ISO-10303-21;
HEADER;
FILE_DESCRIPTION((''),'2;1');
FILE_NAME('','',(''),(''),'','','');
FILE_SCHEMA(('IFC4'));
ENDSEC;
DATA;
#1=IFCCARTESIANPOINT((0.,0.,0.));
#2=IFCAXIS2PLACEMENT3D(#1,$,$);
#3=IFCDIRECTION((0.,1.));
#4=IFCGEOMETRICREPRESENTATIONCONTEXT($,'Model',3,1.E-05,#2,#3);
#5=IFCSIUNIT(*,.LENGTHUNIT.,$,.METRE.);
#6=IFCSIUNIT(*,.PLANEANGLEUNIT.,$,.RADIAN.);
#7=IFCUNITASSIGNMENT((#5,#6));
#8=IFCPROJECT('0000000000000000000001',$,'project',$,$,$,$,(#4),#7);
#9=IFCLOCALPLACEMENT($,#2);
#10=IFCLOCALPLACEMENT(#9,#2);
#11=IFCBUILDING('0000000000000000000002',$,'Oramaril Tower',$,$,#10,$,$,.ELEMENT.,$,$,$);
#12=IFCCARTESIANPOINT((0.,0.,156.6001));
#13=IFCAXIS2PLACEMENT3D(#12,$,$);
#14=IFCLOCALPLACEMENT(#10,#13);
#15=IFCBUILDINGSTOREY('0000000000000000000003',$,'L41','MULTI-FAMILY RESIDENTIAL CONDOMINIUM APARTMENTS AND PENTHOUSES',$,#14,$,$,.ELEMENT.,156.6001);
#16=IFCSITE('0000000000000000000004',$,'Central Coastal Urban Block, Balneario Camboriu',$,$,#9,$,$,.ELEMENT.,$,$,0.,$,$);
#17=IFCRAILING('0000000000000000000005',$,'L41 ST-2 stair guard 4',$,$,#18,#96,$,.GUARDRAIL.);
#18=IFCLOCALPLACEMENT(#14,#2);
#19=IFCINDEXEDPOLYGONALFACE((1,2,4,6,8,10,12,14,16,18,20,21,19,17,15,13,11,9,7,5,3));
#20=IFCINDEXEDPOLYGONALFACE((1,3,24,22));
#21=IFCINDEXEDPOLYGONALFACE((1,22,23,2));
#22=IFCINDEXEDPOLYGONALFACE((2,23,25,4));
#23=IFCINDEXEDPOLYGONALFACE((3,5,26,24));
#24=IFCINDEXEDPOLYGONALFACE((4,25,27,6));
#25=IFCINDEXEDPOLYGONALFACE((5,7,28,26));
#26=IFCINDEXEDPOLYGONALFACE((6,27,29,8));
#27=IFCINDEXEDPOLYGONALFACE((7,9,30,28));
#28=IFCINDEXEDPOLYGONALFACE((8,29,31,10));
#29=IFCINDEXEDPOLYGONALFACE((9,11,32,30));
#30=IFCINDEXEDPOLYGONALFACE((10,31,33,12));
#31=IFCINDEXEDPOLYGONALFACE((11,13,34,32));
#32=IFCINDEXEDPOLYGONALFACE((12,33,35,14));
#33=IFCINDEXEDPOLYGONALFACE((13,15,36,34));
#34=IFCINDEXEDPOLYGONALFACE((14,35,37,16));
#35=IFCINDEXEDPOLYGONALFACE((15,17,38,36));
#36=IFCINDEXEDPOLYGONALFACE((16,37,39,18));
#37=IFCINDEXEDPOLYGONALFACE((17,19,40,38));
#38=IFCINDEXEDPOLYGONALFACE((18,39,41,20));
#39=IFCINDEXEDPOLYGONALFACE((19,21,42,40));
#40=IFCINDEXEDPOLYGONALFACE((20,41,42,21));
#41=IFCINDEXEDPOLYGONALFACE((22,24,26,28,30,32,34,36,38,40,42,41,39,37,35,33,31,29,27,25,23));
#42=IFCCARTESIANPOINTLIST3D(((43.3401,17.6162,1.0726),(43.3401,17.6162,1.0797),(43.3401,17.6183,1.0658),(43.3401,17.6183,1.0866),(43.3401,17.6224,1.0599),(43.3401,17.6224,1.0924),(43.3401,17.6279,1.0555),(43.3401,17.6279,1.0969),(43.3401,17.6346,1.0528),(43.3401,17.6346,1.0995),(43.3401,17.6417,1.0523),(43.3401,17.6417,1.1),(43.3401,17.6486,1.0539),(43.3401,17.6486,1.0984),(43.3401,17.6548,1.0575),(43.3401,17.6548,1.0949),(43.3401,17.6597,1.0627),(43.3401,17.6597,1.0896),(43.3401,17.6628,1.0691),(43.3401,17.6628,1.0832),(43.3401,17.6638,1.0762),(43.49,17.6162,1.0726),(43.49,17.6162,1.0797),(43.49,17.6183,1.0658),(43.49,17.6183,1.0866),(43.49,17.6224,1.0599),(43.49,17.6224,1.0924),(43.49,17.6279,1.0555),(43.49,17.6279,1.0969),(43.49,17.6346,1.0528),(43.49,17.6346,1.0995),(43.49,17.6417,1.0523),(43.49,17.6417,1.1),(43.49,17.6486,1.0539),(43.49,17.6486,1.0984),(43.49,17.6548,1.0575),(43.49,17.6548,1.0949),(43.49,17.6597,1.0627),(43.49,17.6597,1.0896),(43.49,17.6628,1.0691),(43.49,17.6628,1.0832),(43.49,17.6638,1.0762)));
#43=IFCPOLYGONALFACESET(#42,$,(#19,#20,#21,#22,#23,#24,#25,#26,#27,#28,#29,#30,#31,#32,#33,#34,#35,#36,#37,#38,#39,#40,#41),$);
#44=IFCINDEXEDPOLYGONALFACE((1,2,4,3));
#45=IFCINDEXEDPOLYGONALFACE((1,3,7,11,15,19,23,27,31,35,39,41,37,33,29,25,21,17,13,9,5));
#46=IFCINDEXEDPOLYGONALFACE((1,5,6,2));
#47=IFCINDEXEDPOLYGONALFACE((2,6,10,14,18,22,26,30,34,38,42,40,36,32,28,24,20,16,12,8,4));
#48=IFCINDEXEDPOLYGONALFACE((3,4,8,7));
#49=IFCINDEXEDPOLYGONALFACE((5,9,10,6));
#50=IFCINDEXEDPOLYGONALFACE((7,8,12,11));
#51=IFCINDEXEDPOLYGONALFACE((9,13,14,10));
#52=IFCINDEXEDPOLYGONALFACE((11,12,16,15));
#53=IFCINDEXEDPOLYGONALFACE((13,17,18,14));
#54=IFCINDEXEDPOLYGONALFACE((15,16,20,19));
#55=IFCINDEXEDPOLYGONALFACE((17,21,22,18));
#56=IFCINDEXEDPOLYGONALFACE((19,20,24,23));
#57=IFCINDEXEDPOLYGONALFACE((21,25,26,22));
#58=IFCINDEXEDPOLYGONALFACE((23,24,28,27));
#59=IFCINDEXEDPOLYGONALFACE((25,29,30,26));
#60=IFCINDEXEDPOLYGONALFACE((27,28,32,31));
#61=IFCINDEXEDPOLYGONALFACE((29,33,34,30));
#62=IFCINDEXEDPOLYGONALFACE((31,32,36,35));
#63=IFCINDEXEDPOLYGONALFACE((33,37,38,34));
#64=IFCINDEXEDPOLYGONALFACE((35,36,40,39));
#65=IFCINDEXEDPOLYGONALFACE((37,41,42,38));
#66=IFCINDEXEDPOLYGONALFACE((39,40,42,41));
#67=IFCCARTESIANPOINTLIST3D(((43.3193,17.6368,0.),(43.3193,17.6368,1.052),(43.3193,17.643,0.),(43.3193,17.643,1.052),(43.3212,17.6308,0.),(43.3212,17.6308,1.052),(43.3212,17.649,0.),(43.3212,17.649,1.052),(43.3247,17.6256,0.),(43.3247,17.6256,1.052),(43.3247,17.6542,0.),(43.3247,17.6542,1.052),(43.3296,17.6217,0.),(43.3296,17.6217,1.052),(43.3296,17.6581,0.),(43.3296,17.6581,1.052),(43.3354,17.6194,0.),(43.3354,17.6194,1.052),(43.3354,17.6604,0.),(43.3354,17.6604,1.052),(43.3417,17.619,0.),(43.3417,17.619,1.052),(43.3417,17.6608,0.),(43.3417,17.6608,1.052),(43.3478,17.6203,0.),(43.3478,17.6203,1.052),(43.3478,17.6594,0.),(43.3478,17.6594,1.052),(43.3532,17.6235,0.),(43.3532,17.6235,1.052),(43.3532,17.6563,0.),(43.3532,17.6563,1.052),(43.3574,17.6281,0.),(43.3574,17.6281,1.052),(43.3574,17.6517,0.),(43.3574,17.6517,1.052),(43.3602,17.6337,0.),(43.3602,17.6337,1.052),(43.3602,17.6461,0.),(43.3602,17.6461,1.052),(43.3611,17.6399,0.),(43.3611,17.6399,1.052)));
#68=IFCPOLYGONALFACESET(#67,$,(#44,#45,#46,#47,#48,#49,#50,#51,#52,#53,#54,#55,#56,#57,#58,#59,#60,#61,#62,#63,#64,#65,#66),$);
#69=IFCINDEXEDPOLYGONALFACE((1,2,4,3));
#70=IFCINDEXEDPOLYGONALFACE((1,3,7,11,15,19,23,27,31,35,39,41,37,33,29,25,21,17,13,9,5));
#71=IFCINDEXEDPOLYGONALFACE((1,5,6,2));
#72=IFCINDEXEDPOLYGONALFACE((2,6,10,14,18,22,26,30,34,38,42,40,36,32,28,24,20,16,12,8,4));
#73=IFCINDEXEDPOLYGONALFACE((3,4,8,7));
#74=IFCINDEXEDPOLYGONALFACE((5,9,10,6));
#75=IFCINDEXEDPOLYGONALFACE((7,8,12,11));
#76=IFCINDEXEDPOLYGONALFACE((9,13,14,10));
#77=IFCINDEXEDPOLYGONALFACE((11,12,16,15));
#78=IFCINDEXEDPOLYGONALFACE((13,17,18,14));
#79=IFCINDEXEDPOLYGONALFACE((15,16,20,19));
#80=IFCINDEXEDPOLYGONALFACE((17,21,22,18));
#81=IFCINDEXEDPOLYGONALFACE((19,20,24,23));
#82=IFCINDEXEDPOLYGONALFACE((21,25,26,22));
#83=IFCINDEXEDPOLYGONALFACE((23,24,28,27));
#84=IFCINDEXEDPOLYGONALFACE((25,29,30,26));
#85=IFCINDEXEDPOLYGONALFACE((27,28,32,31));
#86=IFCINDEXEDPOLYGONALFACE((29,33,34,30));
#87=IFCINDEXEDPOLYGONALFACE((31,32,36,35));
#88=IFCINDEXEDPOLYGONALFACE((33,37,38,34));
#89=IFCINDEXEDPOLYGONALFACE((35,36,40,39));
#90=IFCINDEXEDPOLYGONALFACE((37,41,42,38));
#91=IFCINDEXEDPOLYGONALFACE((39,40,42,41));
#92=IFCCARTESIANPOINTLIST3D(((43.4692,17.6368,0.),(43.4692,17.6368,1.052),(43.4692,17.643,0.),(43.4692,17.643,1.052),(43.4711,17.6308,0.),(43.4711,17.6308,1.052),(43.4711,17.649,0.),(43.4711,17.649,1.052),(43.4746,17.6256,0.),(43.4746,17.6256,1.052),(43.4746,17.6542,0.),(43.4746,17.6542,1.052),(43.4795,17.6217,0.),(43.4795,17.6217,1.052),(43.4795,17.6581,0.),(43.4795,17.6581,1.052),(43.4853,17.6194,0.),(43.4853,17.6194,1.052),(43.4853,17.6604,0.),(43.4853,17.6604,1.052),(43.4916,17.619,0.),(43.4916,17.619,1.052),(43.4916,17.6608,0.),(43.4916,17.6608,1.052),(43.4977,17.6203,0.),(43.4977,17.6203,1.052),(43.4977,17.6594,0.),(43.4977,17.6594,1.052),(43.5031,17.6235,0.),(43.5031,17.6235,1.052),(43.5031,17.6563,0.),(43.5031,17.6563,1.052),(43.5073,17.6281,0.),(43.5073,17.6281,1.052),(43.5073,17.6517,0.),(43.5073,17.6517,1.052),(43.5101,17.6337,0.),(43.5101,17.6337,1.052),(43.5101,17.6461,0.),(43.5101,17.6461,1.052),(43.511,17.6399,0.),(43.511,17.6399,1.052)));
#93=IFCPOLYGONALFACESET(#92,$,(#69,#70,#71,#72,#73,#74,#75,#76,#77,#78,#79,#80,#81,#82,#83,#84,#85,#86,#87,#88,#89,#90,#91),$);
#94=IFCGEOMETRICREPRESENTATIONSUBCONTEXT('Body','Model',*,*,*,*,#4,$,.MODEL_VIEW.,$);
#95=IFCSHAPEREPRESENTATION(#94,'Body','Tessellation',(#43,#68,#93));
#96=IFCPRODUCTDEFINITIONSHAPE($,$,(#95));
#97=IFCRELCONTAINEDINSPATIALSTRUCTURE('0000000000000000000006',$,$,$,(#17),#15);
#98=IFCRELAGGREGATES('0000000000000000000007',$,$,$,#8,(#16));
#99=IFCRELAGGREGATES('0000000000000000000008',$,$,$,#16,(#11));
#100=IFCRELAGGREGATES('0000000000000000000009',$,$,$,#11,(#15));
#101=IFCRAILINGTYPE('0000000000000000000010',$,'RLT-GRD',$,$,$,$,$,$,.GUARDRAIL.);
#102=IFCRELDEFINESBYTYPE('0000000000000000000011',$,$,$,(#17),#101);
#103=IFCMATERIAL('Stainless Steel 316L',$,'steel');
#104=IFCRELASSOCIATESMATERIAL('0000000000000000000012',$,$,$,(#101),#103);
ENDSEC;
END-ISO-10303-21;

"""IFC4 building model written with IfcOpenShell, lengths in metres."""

from ifc_helpers import new_model, si_unit, direction, frame, origin, origin_2d, place, context, subcontext, project, spatial, circle, extrude, material, type_object, element, save


model = new_model("IFC4")

# Units and contexts
model_context = context("Model", 3, precision=1e-05, world=origin(), true_north=direction((0.0, 1.0)))
body_context = subcontext(model_context, "Body", "Model", "MODEL_VIEW")
ifc_project = project(units=[si_unit("LENGTHUNIT", "METRE"), si_unit("PLANEANGLEUNIT", "RADIAN")], contexts=[model_context])

# Site, building, storey
site_placement = place(None, origin())
site = spatial("IfcSite", under=ifc_project, at=site_placement, Name="Central Coastal Urban Block, Balneario Camboriu", CompositionType="ELEMENT", RefElevation=0.0)
building_placement = place(site_placement, origin())
building = spatial("IfcBuilding", under=site, at=building_placement, Name="Oramaril Tower", CompositionType="ELEMENT")
storey_placement = place(building_placement, frame((0.0, 0.0, 156.6001)))
storey = spatial("IfcBuildingStorey", under=building, at=storey_placement, Name="L41", Description="MULTI-FAMILY RESIDENTIAL CONDOMINIUM APARTMENTS AND PENTHOUSES", CompositionType="ELEMENT", Elevation=156.6001)

# Railing
ifc_material_1 = material(Name="Stainless Steel 316L", Category="steel")
railing_type_1 = type_object("IfcRailingType", Name="RLT-GRD", PredefinedType="GUARDRAIL", material=ifc_material_1)
railing_1_placement = place(storey_placement, frame((43.3401, 17.6399, 0.0)))
element("IfcRailing", 1, at=railing_1_placement, inside=storey, type_object=railing_type_1, Name="L41 ST-2 stair guard 4", PredefinedType="GUARDRAIL", context=body_context, shape_type="SweptSolid", body=[
    extrude(circle(Radius=0.0239, at=origin_2d()), frame((0.0, 0.0, 1.0762), z_axis=(1.0, 0.0, 0.0), x_axis=(0.0, 1.0, 0.0)), (0.0, 0.0, 1.0), 0.1499),
    extrude(circle(Radius=0.021, at=origin_2d()), origin(), (0.0, 0.0, 1.0), 1.052),
    extrude(circle(Radius=0.021, at=origin_2d()), frame((0.1499, 0.0, 0.0)), (0.0, 0.0, 1.0), 1.052),
])

save(model, "model.ifc")
